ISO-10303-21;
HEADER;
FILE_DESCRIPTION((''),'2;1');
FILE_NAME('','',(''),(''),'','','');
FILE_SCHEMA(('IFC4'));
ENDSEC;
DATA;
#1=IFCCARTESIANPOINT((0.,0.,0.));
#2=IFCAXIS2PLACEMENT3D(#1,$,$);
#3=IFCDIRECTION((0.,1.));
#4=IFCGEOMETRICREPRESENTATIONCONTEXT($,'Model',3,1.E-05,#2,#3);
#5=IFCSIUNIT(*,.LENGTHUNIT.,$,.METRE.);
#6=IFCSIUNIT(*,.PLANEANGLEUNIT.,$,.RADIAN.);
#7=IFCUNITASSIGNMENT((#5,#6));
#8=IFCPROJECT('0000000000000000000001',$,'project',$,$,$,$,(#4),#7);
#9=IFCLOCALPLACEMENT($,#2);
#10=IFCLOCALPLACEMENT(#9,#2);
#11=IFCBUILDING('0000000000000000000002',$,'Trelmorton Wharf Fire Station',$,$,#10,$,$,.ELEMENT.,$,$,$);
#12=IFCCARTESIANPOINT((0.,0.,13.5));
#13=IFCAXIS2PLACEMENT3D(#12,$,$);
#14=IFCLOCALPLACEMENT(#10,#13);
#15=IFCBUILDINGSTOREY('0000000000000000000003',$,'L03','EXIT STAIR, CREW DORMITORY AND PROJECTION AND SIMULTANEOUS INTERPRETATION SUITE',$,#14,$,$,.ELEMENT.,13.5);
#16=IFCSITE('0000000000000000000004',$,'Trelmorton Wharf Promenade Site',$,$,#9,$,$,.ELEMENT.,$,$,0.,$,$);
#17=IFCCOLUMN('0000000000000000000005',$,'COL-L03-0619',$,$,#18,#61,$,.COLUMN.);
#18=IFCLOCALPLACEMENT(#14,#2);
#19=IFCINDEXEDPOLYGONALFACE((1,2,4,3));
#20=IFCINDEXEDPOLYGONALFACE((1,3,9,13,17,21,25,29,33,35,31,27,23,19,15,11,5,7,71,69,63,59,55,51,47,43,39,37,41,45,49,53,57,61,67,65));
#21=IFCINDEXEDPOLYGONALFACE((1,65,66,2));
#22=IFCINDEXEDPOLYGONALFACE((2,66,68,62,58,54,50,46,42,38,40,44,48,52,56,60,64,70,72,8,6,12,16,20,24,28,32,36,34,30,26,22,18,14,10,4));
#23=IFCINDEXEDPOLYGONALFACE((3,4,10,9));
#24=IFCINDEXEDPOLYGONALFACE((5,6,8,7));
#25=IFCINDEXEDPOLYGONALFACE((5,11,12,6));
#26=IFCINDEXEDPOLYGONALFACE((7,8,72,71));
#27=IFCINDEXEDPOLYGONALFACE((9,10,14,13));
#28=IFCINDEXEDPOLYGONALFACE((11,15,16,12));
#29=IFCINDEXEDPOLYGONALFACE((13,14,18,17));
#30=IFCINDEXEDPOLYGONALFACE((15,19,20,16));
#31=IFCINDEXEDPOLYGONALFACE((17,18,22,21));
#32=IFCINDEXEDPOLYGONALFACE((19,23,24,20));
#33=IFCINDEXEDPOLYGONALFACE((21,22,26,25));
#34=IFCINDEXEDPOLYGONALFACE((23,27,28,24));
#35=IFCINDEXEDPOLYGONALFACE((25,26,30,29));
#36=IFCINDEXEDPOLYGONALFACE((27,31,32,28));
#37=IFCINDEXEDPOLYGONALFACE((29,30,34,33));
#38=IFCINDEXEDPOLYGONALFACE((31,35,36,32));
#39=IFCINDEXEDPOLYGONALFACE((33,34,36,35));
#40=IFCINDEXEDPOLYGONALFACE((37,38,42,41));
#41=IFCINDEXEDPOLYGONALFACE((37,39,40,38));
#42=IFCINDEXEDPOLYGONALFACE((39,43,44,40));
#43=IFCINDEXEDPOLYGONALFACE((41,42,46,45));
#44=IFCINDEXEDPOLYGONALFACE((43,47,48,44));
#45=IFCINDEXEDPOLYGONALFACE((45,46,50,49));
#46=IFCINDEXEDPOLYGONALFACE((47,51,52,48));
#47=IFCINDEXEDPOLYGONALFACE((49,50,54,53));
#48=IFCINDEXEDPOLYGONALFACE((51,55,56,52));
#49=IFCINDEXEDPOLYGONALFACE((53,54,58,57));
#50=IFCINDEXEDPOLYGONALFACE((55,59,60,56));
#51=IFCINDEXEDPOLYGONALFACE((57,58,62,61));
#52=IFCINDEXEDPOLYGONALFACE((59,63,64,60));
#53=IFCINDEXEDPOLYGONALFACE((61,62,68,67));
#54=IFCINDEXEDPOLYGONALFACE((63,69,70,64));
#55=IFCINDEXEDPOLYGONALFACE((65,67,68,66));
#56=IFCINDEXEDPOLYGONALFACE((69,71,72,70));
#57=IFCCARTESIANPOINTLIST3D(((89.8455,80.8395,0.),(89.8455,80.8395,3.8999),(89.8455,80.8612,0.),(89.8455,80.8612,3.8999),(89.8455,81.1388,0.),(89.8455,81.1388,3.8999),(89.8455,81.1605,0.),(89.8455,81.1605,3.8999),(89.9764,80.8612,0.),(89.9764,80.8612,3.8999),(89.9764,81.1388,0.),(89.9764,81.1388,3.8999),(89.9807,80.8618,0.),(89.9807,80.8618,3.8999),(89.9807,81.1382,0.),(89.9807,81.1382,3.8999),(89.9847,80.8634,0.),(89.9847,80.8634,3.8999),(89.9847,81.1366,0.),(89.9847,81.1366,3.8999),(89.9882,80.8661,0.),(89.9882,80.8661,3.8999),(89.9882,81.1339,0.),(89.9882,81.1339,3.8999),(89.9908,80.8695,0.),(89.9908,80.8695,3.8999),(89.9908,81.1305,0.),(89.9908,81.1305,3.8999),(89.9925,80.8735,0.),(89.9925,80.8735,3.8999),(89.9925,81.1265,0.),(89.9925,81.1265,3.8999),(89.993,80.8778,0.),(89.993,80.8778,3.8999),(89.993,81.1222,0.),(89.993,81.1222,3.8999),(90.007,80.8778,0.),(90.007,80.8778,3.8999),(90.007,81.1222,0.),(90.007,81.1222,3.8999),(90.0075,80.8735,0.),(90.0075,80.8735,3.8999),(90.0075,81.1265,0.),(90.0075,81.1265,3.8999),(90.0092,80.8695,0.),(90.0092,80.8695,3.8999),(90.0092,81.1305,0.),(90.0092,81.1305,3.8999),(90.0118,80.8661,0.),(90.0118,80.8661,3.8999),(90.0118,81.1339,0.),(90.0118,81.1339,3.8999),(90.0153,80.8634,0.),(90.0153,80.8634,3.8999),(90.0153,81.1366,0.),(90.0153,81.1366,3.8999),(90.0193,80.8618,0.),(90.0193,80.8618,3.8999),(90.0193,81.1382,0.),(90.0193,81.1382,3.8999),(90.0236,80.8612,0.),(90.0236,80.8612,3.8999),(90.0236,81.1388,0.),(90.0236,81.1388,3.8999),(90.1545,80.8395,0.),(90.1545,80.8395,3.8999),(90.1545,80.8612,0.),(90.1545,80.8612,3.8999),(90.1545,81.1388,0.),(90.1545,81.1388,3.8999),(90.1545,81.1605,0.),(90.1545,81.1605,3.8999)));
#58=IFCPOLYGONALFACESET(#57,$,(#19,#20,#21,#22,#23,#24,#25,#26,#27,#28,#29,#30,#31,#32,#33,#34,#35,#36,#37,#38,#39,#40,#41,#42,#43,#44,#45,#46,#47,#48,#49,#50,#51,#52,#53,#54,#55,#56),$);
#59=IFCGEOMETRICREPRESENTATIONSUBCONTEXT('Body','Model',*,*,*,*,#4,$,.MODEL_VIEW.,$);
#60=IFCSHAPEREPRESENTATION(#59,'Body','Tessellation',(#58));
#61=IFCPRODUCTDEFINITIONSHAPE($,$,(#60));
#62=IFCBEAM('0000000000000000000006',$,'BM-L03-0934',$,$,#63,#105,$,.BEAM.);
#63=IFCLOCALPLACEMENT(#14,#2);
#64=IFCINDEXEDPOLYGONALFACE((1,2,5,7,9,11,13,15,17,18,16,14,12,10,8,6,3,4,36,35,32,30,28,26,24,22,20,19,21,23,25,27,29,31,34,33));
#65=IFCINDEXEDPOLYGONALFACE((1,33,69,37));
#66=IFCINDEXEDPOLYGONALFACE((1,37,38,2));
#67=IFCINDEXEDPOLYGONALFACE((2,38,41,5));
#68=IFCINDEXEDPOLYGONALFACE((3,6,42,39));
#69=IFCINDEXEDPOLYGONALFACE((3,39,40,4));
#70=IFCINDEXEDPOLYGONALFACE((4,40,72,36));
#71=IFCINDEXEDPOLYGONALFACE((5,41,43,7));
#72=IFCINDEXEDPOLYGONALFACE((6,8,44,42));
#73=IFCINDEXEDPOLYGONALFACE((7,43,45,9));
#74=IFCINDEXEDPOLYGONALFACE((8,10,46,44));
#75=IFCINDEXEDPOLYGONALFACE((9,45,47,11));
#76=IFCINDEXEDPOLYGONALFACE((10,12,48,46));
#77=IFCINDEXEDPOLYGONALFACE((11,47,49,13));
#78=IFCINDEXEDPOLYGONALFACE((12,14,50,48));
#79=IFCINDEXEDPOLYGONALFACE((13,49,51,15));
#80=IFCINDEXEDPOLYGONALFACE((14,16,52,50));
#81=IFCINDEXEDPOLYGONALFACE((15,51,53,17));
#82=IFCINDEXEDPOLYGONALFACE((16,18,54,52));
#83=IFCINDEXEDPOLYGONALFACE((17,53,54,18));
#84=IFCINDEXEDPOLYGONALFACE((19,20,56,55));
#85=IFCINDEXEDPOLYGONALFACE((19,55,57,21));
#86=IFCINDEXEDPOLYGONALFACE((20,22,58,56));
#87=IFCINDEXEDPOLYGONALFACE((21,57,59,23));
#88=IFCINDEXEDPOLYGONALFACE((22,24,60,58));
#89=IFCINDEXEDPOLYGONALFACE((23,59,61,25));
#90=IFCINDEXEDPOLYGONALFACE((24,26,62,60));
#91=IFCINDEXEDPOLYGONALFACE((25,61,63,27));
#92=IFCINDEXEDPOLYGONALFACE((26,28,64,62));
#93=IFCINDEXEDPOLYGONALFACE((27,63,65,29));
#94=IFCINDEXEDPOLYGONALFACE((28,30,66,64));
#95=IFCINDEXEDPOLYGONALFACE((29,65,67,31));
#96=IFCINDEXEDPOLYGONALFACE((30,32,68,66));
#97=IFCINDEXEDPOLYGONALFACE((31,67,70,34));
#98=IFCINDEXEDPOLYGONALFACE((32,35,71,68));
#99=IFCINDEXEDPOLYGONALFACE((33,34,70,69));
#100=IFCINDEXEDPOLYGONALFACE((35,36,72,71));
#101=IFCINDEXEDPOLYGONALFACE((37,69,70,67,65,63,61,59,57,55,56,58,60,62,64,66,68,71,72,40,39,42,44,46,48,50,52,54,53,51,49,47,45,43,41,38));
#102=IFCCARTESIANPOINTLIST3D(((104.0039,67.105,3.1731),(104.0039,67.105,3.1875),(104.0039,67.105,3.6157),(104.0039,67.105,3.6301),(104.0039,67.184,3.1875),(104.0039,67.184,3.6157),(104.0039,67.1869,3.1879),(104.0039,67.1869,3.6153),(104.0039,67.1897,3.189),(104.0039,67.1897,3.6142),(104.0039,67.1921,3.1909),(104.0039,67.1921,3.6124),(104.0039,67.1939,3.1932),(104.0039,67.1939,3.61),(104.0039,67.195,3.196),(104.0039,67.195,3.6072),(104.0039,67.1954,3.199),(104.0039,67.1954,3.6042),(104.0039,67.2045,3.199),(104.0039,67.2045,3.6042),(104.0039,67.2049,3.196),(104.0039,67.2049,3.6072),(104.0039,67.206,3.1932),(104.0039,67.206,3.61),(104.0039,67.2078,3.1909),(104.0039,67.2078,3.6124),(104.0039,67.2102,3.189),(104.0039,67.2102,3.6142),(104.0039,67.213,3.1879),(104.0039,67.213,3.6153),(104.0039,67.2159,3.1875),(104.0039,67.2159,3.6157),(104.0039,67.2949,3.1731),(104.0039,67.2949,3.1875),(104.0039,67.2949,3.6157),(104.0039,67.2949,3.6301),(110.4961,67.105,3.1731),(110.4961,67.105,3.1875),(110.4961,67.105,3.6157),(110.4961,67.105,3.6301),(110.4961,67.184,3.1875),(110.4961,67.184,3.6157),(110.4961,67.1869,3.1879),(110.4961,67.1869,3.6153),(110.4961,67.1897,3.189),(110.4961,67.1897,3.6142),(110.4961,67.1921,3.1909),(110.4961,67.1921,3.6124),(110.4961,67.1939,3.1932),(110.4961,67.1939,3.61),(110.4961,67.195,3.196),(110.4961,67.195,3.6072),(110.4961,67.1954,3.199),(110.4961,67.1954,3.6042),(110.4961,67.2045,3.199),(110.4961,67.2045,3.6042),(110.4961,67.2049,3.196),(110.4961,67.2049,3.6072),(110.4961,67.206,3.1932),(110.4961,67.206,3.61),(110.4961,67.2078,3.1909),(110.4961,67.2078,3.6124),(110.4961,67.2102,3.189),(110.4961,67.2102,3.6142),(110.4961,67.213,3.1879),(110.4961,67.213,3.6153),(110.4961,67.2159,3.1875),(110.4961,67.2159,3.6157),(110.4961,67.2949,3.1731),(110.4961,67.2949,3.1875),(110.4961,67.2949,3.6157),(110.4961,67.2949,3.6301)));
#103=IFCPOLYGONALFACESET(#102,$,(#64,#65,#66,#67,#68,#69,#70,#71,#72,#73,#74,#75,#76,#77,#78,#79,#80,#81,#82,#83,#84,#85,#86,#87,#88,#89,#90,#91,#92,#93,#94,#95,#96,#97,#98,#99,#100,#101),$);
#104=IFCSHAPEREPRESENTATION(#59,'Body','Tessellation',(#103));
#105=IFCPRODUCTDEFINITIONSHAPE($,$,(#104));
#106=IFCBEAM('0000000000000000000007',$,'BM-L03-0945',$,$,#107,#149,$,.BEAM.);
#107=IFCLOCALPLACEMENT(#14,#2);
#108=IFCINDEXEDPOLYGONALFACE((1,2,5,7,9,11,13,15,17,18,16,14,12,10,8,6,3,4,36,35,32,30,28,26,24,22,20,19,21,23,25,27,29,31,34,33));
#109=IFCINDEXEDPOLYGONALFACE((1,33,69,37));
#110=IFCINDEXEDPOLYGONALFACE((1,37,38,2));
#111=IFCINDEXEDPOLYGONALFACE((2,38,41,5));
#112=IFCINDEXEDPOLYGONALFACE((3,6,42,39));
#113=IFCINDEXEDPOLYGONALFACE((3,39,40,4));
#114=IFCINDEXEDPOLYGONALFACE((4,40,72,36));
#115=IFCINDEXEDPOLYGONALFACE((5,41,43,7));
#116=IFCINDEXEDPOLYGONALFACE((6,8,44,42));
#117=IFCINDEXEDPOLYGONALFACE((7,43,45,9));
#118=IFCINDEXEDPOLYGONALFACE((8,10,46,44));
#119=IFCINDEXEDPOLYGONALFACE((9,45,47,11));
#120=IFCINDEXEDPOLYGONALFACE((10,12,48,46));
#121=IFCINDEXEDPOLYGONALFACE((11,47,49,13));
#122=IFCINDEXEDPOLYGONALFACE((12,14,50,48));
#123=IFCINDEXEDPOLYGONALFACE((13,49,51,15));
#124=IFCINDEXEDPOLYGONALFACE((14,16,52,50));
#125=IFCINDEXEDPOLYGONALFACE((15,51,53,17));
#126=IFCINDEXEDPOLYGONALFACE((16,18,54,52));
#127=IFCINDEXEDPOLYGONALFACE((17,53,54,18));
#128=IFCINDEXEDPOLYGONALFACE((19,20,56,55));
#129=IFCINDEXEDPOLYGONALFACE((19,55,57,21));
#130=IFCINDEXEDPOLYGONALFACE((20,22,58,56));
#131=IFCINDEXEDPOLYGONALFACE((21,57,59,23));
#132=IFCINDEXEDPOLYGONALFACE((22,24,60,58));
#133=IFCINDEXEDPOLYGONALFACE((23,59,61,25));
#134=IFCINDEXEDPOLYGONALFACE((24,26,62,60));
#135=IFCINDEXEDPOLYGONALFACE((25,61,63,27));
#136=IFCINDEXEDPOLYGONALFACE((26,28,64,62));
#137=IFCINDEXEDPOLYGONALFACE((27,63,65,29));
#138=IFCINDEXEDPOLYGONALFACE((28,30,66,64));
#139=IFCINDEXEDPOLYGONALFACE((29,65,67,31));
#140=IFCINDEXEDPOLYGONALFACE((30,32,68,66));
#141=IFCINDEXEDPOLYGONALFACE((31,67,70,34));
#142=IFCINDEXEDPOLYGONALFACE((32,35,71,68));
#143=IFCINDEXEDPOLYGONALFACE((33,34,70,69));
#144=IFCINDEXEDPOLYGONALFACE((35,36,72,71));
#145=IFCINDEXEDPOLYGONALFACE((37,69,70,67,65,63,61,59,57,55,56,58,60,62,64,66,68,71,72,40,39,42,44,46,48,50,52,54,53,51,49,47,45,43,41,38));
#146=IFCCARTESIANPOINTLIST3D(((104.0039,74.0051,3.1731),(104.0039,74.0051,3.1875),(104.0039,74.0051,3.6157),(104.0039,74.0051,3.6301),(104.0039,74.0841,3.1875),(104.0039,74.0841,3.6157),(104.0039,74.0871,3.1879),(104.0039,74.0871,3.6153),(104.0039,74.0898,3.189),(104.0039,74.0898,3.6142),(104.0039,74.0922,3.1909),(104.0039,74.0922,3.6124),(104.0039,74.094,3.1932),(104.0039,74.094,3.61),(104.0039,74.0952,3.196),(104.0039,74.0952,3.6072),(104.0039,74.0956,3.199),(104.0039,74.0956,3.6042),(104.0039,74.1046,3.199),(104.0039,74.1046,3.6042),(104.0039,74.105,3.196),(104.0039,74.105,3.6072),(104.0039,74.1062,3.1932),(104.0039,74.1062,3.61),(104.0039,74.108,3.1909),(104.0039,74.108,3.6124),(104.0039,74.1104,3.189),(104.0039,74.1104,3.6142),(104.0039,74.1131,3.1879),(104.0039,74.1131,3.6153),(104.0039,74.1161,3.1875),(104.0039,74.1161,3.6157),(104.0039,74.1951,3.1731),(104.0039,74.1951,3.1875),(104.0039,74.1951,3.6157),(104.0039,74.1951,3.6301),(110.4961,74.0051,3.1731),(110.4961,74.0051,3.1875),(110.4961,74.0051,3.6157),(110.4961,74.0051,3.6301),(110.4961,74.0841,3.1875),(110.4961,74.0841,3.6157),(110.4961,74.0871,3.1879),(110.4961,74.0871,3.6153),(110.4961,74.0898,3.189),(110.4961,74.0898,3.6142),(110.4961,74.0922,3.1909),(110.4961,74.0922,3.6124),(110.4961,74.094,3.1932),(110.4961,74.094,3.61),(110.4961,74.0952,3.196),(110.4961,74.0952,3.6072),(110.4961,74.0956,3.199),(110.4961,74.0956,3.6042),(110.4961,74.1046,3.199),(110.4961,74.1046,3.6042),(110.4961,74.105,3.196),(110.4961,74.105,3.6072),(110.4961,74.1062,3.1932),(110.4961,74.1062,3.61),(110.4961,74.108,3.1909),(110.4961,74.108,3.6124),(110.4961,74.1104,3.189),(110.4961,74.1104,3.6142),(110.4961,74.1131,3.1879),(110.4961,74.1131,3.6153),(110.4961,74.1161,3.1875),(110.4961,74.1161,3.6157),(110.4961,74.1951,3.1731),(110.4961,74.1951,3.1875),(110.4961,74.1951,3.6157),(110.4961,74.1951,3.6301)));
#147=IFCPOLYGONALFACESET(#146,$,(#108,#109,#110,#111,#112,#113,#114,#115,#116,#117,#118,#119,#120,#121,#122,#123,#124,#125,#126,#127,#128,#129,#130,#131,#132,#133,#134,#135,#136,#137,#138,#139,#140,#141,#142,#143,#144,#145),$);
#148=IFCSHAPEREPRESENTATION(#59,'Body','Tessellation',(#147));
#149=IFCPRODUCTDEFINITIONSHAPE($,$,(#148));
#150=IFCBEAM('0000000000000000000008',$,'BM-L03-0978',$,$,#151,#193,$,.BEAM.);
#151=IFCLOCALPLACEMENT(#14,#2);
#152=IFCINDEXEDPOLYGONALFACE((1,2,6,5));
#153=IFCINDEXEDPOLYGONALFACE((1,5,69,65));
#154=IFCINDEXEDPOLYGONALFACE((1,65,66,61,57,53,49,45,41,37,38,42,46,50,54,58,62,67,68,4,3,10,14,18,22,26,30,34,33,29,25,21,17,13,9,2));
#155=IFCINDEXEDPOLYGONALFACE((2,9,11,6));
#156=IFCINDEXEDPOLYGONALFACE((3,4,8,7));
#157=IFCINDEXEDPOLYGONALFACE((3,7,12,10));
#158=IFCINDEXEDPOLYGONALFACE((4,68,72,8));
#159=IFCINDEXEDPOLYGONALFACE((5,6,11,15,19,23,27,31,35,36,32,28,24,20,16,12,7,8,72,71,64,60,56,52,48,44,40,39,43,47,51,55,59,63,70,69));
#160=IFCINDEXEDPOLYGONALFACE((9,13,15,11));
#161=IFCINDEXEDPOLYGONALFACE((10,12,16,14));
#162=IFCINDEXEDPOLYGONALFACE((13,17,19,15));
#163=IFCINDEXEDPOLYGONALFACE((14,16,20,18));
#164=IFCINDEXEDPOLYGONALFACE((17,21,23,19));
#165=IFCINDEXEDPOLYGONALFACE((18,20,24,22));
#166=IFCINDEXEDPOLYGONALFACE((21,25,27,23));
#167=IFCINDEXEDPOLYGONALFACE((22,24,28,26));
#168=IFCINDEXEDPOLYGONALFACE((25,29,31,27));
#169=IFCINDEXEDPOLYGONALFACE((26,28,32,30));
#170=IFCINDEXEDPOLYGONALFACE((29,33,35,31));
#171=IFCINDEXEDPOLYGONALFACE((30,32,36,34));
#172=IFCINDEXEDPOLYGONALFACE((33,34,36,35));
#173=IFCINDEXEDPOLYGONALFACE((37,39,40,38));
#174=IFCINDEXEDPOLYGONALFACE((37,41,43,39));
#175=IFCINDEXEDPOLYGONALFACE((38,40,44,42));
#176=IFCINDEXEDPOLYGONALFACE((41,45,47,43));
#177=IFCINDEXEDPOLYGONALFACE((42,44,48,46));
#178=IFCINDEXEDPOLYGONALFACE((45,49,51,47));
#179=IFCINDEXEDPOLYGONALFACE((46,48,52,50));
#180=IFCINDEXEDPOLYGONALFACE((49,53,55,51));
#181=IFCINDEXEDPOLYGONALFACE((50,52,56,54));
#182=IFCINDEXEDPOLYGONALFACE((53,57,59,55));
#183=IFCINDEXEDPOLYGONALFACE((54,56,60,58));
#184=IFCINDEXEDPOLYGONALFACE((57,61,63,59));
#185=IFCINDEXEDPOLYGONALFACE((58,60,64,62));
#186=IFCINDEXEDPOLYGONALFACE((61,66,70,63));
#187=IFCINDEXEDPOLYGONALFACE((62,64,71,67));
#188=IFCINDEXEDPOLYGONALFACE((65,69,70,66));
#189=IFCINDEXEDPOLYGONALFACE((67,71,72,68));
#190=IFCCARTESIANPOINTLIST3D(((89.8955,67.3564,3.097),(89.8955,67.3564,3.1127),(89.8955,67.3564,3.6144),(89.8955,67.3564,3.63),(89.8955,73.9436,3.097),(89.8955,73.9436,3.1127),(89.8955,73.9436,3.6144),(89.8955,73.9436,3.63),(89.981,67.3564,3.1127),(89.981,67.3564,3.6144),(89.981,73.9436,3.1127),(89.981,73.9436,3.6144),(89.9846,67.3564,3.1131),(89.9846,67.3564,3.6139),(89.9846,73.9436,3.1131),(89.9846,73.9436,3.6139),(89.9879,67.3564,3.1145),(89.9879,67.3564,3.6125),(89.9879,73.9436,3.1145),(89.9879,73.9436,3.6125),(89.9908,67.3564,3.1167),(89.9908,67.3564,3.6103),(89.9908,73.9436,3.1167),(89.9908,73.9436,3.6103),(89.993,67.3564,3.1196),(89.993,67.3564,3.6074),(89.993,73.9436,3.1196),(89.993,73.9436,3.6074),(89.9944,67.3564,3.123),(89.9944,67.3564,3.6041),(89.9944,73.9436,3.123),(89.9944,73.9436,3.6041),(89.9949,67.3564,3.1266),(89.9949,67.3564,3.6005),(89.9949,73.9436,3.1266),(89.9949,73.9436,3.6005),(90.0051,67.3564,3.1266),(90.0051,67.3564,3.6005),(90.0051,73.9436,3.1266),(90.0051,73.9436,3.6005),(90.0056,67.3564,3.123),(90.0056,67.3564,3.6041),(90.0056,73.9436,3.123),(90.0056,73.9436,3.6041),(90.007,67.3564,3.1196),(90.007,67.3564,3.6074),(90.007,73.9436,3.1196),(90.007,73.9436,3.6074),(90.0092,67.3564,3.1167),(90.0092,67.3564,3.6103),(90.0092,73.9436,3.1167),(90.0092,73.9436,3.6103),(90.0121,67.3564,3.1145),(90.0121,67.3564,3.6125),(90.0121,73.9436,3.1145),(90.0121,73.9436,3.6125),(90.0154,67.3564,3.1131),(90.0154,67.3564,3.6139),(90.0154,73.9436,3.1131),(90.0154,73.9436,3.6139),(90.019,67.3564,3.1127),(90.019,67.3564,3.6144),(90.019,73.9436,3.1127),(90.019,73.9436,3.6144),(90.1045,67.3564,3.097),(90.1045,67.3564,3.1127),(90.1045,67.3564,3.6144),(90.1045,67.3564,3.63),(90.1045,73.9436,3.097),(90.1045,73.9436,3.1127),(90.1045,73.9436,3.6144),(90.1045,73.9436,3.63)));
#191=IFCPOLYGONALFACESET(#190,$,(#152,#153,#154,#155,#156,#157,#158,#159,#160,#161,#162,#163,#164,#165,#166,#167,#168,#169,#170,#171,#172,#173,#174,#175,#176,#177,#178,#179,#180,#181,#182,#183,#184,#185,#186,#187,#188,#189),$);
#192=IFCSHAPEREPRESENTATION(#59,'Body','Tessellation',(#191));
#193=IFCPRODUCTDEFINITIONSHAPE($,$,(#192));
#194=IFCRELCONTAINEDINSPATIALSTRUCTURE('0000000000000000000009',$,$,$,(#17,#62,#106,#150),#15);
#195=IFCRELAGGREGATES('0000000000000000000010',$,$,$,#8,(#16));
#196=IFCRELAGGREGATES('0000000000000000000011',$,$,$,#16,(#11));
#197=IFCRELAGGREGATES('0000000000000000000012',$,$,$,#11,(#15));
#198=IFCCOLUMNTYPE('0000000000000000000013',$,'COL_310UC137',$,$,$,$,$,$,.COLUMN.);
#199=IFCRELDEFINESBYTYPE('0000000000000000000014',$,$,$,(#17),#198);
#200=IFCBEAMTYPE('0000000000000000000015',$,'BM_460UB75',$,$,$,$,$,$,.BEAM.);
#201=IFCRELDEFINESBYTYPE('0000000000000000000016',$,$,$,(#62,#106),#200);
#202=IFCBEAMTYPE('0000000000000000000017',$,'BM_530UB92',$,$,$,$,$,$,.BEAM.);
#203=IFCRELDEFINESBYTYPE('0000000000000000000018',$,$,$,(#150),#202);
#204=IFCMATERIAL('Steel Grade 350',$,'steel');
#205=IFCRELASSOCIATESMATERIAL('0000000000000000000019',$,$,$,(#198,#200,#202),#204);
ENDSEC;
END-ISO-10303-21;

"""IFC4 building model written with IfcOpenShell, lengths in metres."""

from ifc_helpers import new_model, si_unit, direction, frame, origin, origin_2d, place, context, subcontext, project, spatial, i_section, extrude, material, material_profile, profile_set, type_object, element, save


model = new_model("IFC4")

# Units and contexts
model_context = context("Model", 3, precision=1e-05, world=origin(), true_north=direction((0.0, 1.0)))
body_context = subcontext(model_context, "Body", "Model", "MODEL_VIEW")
ifc_project = project(units=[si_unit("LENGTHUNIT", "METRE"), si_unit("PLANEANGLEUNIT", "RADIAN")], contexts=[model_context])

# Site, building, storey
site_placement = place(None, origin())
site = spatial("IfcSite", under=ifc_project, at=site_placement, Name="Trelmorton Wharf Promenade Site", CompositionType="ELEMENT", RefElevation=0.0)
building_placement = place(site_placement, origin())
building = spatial("IfcBuilding", under=site, at=building_placement, Name="Trelmorton Wharf Fire Station", CompositionType="ELEMENT")
storey_placement = place(building_placement, frame((0.0, 0.0, 13.5)))
storey = spatial("IfcBuildingStorey", under=building, at=storey_placement, Name="L03", Description="EXIT STAIR, CREW DORMITORY AND PROJECTION AND SIMULTANEOUS INTERPRETATION SUITE", CompositionType="ELEMENT", Elevation=13.5)

# Column
ifc_material_1 = material(Name="Steel Grade 350", Category="steel")
ifc_material_profile_1 = material_profile(ifc_material_1, i_section(OverallWidth=0.3091, OverallDepth=0.321, WebThickness=0.0139, FlangeThickness=0.0217, FilletRadius=0.0166, at=origin_2d()), Name="310UC137")
ifc_profile_set_1 = profile_set([ifc_material_profile_1], Name="Steel Grade 350")
column_type_1 = type_object("IfcColumnType", Name="COL_310UC137", PredefinedType="COLUMN", material=ifc_profile_set_1)
for number, where, z_axis, x_axis, name in (
    (1, (90.0, 81.0, 0.0), (0.0, 0.0, 1.0), (1.0, 0.0, 0.0), "COL-L03-0619"),
):
    element("IfcColumn", number, at=place(storey_placement, frame(where, z_axis=z_axis, x_axis=x_axis)), inside=storey, type_object=column_type_1, Name=name, PredefinedType="COLUMN", context=body_context, shape_type="SweptSolid", body=[
        extrude(i_section(OverallWidth=0.3091, OverallDepth=0.321, WebThickness=0.0139, FlangeThickness=0.0217, FilletRadius=0.0166, at=origin_2d()), origin(), (0.0, 0.0, 1.0), 3.8999),
    ])

# Beams
ifc_material_profile_2 = material_profile(ifc_material_1, i_section(OverallWidth=0.1899, OverallDepth=0.457, WebThickness=0.009, FlangeThickness=0.0144, FilletRadius=0.0115, at=origin_2d()), Name="460UB74.6")
ifc_profile_set_2 = profile_set([ifc_material_profile_2], Name="Steel Grade 350")
beam_type_1 = type_object("IfcBeamType", Name="BM_460UB75", PredefinedType="BEAM", material=ifc_profile_set_2)
for number, where, z_axis, x_axis, name in (
    (2, (104.0039, 67.2, 3.4016), (1.0, 0.0, 0.0), (0.0, 1.0, 0.0), "BM-L03-0934"),
    (3, (104.0039, 74.1001, 3.4016), (1.0, 0.0, 0.0), (0.0, 1.0, 0.0), "BM-L03-0945"),
):
    element("IfcBeam", number, at=place(storey_placement, frame(where, z_axis=z_axis, x_axis=x_axis)), inside=storey, type_object=beam_type_1, Name=name, PredefinedType="BEAM", context=body_context, shape_type="SweptSolid", body=[
        extrude(i_section(OverallWidth=0.1899, OverallDepth=0.457, WebThickness=0.009, FlangeThickness=0.0144, FilletRadius=0.0115, at=origin_2d()), origin(), (0.0, 0.0, 1.0), 6.4922),
    ])
ifc_material_profile_3 = material_profile(ifc_material_1, i_section(OverallWidth=0.209, OverallDepth=0.533, WebThickness=0.0103, FlangeThickness=0.0156, FilletRadius=0.0139, at=origin_2d()), Name="530UB92.4")
ifc_profile_set_3 = profile_set([ifc_material_profile_3], Name="Steel Grade 350")
beam_type_2 = type_object("IfcBeamType", Name="BM_530UB92", PredefinedType="BEAM", material=ifc_profile_set_3)
beam_1_placement = place(storey_placement, frame((90.0, 67.3564, 3.3635), z_axis=(0.0, 1.0, 0.0), x_axis=(-1.0, 0.0, 0.0)))
element("IfcBeam", 4, at=beam_1_placement, inside=storey, type_object=beam_type_2, Name="BM-L03-0978", PredefinedType="BEAM", context=body_context, shape_type="SweptSolid", body=[
    extrude(i_section(OverallWidth=0.209, OverallDepth=0.533, WebThickness=0.0103, FlangeThickness=0.0156, FilletRadius=0.0139, at=origin_2d()), origin(), (0.0, 0.0, 1.0), 6.5872),
])

save(model, "model.ifc")
